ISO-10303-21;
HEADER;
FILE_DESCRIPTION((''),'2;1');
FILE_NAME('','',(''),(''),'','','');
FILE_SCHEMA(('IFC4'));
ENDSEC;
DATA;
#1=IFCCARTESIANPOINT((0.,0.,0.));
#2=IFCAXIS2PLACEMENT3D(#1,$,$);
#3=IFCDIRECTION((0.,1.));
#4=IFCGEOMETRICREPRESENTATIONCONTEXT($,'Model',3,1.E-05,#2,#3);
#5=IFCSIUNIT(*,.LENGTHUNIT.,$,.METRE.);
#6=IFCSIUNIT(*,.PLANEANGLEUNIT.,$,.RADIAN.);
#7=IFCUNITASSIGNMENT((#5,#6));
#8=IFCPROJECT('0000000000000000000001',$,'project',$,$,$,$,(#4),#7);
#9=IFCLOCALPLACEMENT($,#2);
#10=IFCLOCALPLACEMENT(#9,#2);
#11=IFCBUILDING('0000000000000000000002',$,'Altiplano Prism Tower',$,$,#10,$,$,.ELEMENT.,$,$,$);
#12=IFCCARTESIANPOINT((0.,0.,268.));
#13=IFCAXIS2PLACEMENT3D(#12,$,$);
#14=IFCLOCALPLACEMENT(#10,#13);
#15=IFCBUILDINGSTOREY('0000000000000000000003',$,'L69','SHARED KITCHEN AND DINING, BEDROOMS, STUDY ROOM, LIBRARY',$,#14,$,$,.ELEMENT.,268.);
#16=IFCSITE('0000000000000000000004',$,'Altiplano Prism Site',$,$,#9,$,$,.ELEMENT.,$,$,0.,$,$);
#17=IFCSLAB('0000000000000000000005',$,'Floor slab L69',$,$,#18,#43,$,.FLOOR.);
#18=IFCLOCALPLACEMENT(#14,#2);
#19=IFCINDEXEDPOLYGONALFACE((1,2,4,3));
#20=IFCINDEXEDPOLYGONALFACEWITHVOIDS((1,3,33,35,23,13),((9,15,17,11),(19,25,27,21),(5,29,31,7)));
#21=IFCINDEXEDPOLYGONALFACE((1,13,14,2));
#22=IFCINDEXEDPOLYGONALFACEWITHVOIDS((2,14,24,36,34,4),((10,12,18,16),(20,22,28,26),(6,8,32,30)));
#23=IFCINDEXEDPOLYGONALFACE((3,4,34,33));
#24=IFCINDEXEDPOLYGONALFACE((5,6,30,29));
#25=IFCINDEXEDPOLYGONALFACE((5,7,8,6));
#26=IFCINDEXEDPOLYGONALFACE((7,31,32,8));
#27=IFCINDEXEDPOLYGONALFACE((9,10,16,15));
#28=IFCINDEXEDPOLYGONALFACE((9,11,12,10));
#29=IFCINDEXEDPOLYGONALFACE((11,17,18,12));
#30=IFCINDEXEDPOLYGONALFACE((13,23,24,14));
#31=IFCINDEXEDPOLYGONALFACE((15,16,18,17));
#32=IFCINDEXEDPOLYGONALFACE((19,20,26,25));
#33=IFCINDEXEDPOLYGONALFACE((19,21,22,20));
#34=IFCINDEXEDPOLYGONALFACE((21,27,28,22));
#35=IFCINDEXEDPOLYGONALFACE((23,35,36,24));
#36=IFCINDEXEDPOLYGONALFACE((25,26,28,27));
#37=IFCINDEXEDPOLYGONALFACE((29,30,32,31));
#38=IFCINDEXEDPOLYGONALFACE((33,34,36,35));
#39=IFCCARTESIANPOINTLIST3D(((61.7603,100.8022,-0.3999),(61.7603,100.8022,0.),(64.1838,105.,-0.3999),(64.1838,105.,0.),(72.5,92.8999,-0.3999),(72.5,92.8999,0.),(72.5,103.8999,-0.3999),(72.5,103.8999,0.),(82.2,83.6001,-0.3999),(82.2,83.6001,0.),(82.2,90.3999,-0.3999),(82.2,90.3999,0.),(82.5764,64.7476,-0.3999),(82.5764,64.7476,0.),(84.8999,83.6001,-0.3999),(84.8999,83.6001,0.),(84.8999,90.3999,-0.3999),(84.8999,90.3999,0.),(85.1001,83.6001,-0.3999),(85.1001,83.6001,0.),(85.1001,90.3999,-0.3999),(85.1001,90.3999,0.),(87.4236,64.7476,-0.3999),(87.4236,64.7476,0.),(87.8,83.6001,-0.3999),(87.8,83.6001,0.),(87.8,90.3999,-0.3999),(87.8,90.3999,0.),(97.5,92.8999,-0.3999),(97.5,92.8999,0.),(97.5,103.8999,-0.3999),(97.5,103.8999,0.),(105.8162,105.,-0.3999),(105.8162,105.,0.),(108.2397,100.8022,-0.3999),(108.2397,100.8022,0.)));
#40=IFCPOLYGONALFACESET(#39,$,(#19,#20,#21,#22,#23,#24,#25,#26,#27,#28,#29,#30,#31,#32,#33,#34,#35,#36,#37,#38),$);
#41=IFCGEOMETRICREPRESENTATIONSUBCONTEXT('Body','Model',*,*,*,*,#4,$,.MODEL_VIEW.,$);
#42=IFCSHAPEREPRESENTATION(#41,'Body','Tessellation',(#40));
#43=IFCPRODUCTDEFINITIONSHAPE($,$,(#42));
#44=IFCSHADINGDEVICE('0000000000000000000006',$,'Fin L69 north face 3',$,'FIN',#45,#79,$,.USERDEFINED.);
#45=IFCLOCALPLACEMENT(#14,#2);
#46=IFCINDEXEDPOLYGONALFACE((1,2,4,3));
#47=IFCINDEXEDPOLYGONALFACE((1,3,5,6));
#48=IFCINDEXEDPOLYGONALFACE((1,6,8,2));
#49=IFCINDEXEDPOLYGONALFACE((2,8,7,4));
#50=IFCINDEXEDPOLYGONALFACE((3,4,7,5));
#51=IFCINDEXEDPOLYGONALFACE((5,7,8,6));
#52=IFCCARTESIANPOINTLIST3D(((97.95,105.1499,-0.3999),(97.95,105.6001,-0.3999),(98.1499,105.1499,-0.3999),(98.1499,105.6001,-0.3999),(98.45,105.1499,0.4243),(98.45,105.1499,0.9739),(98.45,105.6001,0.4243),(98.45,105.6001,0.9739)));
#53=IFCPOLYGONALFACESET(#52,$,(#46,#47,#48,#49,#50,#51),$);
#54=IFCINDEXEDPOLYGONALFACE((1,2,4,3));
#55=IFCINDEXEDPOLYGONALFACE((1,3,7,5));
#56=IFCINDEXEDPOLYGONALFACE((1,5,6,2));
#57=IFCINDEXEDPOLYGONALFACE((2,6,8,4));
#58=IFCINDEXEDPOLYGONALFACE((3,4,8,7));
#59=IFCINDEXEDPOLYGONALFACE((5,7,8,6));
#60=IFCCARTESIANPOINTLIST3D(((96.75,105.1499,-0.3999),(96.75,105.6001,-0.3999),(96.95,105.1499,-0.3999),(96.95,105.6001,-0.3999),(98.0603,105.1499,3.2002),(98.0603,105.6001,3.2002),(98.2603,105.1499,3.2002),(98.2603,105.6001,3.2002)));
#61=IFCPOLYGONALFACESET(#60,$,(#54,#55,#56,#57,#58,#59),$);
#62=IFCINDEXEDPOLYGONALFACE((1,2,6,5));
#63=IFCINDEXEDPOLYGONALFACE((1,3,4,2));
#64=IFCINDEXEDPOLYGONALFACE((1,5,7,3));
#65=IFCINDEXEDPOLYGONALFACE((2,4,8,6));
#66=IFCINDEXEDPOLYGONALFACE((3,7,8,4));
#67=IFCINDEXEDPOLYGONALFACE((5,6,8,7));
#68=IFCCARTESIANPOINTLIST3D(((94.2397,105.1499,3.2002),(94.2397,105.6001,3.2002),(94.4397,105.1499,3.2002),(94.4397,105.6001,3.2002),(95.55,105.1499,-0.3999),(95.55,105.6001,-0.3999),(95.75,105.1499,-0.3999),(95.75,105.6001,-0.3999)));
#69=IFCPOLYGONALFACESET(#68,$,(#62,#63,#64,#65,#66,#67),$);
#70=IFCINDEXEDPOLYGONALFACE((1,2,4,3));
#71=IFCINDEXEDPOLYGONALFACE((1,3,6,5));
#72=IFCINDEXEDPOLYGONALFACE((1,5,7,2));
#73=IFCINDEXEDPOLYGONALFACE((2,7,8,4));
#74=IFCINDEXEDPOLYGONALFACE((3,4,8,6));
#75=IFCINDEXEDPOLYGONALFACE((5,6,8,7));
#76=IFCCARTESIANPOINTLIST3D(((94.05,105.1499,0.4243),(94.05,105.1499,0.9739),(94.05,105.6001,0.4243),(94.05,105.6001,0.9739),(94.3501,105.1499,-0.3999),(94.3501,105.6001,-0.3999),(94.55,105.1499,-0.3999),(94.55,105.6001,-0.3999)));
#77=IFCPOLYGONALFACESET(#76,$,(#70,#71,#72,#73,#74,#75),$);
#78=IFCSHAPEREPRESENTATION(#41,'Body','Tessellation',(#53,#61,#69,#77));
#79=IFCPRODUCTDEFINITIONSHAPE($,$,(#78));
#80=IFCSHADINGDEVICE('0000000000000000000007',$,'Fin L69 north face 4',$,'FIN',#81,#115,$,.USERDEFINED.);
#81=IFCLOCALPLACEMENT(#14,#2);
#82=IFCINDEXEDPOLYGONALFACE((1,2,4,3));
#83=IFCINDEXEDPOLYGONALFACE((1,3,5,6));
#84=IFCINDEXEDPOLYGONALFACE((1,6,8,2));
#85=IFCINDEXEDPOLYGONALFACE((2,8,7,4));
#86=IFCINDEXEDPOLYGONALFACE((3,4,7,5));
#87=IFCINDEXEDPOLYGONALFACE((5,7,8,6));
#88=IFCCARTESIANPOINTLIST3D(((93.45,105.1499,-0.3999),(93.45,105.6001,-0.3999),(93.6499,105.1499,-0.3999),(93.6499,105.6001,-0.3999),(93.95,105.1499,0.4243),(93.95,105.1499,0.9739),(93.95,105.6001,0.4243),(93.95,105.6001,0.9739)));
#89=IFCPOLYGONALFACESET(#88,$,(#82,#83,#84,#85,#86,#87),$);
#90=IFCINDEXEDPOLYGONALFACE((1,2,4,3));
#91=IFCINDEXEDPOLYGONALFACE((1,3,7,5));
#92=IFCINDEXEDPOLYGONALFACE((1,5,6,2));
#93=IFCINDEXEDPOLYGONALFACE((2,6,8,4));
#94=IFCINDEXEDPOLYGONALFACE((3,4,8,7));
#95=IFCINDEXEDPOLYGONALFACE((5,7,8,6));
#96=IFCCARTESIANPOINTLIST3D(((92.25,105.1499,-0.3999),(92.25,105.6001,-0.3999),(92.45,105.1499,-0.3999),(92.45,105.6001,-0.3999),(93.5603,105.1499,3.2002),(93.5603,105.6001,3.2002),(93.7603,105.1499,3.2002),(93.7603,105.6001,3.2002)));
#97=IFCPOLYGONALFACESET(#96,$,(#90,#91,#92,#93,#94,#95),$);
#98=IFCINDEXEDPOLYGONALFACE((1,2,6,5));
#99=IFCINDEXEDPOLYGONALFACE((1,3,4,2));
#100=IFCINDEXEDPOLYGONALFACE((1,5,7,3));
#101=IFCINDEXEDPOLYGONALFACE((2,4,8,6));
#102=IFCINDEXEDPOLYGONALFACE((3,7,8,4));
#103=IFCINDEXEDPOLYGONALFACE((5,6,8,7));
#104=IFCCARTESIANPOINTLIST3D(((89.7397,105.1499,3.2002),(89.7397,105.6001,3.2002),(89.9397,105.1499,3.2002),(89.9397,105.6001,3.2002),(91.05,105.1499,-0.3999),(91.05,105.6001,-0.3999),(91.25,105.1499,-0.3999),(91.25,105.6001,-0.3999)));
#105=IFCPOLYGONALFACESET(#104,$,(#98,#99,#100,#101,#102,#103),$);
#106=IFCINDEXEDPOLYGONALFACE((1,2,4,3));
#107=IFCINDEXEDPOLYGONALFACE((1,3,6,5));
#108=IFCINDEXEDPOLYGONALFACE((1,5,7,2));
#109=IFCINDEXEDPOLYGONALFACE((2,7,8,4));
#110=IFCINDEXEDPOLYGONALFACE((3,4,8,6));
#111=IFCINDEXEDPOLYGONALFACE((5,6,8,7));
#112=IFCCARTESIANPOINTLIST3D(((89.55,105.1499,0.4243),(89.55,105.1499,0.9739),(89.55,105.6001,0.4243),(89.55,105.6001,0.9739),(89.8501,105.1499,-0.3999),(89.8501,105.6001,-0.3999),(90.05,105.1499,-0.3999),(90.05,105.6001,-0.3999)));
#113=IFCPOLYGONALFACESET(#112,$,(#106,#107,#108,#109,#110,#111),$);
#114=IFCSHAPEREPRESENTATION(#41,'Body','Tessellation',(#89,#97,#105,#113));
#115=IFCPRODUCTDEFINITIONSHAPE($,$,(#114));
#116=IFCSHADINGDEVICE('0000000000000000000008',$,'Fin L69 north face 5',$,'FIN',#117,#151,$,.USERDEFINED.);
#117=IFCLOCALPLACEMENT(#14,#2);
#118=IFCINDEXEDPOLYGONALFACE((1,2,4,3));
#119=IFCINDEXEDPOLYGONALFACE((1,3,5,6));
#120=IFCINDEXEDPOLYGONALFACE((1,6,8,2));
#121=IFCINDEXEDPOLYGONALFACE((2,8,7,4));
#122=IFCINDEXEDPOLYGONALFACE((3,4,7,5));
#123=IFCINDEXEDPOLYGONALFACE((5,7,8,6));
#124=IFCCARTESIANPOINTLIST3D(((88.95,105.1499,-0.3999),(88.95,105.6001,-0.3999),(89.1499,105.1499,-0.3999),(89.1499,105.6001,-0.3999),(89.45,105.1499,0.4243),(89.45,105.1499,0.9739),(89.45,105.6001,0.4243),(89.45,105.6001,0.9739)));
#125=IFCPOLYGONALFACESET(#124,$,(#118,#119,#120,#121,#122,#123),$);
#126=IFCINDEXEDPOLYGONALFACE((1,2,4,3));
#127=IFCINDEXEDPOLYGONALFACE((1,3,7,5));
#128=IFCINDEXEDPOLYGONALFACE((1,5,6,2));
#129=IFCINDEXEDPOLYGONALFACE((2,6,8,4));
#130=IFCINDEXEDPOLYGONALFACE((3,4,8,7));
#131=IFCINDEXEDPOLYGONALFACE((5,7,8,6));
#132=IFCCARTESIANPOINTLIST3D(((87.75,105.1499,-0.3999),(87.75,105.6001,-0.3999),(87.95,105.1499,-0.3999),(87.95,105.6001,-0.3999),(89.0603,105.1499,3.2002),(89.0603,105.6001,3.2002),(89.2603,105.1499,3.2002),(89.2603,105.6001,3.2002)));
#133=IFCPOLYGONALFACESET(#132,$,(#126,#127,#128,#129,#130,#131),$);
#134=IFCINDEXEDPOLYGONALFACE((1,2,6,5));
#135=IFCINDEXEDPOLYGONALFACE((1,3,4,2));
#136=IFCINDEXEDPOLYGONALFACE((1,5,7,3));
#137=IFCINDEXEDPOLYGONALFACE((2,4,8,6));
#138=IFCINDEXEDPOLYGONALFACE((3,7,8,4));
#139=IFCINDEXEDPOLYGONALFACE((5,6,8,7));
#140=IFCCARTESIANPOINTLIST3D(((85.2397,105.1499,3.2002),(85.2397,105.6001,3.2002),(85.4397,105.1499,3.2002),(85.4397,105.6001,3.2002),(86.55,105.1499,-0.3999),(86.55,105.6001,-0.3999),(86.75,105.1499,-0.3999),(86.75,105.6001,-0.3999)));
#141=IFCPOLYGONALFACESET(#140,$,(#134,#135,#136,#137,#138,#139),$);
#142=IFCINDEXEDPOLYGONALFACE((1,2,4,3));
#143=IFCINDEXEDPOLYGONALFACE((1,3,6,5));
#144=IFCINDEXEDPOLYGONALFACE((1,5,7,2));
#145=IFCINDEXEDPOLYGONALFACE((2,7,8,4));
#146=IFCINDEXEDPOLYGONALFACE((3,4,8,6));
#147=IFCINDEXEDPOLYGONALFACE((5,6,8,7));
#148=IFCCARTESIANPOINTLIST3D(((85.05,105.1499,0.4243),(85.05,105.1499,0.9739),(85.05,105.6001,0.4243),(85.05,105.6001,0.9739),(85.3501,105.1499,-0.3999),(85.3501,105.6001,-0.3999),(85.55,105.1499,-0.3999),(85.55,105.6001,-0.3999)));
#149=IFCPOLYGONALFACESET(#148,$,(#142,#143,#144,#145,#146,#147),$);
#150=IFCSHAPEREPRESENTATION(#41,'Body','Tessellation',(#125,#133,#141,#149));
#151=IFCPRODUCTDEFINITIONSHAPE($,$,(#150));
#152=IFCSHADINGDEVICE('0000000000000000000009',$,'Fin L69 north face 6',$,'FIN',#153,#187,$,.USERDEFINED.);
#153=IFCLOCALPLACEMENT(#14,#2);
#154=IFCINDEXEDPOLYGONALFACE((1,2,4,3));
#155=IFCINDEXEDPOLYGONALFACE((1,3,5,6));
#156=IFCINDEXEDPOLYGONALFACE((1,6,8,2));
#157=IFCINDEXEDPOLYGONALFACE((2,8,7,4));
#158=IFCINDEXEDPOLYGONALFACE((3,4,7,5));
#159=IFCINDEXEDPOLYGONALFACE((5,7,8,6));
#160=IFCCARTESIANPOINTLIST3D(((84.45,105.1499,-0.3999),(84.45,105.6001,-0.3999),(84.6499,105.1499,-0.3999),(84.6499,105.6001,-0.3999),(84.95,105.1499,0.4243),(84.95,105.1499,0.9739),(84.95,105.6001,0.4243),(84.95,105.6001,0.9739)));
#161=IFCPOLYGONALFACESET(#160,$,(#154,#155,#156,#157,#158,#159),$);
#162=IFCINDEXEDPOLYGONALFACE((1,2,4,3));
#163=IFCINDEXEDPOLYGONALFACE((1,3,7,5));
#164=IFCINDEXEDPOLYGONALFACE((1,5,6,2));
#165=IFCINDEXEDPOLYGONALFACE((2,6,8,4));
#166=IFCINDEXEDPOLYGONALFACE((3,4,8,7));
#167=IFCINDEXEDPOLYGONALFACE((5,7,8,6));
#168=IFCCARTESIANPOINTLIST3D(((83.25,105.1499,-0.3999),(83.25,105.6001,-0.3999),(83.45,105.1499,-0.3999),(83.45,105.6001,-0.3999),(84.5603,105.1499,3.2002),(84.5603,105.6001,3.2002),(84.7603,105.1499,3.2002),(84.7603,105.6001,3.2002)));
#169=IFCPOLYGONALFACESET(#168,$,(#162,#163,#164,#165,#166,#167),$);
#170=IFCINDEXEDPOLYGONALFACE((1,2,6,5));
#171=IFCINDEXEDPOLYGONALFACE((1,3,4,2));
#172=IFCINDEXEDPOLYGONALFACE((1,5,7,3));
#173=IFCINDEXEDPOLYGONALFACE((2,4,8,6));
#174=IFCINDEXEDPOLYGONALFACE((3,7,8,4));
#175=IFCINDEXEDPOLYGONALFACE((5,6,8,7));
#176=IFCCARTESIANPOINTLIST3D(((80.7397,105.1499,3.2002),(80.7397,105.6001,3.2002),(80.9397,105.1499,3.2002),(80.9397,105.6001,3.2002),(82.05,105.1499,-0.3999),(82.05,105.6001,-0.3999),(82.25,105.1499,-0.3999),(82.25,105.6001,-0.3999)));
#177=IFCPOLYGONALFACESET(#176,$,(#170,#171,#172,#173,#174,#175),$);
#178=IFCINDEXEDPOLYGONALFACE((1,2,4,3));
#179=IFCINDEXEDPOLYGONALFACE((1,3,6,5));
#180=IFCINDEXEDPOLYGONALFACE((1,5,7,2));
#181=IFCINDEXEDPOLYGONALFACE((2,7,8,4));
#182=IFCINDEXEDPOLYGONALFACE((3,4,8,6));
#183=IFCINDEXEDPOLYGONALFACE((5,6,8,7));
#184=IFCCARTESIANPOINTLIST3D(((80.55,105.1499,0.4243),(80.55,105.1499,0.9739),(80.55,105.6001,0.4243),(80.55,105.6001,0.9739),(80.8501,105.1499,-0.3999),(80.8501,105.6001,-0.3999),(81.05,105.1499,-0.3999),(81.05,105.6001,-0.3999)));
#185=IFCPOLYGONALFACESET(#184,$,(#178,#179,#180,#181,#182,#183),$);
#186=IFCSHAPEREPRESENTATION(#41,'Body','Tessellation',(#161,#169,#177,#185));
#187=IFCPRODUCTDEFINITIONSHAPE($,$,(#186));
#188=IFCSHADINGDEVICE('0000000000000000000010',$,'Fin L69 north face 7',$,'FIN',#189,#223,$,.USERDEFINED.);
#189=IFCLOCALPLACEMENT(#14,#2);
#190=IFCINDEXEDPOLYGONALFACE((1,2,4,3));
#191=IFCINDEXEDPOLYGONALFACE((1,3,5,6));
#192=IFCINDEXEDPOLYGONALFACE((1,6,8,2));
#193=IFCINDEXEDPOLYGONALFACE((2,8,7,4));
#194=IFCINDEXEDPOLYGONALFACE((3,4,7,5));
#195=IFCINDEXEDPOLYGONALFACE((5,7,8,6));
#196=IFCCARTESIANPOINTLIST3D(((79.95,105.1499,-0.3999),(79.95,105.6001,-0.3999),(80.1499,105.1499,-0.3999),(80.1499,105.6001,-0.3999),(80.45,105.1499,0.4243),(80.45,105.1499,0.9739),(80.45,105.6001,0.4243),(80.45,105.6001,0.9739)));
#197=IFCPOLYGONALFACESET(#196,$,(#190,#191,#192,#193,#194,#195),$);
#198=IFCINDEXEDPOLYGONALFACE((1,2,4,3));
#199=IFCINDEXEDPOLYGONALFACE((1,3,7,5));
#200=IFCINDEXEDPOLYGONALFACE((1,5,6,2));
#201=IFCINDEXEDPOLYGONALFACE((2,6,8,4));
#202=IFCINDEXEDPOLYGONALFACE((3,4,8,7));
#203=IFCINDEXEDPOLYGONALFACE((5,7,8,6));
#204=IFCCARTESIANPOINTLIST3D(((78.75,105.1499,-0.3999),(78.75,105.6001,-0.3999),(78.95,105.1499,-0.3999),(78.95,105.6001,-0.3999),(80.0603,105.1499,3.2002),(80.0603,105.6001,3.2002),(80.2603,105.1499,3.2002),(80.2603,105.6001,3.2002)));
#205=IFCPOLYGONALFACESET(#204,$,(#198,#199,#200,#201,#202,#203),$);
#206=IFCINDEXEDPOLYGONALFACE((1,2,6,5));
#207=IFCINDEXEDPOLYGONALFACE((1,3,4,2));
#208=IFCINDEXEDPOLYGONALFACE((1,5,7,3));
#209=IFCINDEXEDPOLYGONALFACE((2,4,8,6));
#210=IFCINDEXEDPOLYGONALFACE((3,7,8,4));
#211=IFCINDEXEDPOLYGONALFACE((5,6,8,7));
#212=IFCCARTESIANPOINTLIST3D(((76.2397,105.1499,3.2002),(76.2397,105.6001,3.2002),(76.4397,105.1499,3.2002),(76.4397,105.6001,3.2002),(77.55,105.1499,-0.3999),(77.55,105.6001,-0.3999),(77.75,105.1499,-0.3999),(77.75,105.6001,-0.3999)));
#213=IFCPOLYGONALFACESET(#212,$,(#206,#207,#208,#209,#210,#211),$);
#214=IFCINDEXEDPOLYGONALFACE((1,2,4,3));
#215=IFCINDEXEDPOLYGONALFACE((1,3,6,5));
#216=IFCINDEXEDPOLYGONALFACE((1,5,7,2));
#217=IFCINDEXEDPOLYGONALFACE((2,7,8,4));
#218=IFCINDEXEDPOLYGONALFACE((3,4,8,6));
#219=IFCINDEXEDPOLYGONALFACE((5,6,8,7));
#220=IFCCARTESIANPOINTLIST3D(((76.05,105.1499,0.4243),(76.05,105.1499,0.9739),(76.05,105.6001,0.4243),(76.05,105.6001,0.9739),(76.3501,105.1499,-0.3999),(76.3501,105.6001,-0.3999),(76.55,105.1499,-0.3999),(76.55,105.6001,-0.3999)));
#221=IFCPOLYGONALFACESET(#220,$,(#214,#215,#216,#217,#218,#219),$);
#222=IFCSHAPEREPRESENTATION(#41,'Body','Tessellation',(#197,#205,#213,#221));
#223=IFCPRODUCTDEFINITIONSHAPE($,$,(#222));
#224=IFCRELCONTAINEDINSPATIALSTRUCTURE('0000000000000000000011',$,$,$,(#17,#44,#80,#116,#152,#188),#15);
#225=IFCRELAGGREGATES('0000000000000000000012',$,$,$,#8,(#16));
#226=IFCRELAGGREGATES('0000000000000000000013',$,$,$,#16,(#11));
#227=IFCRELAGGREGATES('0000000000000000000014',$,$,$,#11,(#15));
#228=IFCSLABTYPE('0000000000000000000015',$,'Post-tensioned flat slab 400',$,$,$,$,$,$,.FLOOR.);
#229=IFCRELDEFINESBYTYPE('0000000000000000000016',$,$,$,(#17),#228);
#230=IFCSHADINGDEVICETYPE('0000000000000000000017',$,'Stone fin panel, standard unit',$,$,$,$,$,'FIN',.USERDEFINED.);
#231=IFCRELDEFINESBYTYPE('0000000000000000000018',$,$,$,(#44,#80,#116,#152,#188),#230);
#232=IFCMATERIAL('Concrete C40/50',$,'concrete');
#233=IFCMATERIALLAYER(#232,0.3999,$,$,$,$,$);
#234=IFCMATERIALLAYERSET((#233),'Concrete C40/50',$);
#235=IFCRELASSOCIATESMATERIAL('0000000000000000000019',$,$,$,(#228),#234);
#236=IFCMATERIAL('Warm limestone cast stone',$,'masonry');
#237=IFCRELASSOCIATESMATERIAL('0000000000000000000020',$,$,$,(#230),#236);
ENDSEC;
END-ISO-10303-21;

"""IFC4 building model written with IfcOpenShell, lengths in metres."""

from ifc_helpers import new_model, si_unit, direction, frame, origin, place, context, subcontext, project, spatial, polyline, outline, extrude, source, transform, mapped, material, layer, layer_set, type_object, element, save


model = new_model("IFC4")

# Units and contexts
model_context = context("Model", 3, precision=1e-05, world=origin(), true_north=direction((0.0, 1.0)))
body_context = subcontext(model_context, "Body", "Model", "MODEL_VIEW")
ifc_project = project(units=[si_unit("LENGTHUNIT", "METRE"), si_unit("PLANEANGLEUNIT", "RADIAN")], contexts=[model_context])

# Site, building, storey
site_placement = place(None, origin())
site = spatial("IfcSite", under=ifc_project, at=site_placement, Name="Altiplano Prism Site", CompositionType="ELEMENT", RefElevation=0.0)
building_placement = place(site_placement, origin())
building = spatial("IfcBuilding", under=site, at=building_placement, Name="Altiplano Prism Tower", CompositionType="ELEMENT")
storey_placement = place(building_placement, frame((0.0, 0.0, 268.0)))
storey = spatial("IfcBuildingStorey", under=building, at=storey_placement, Name="L69", Description="SHARED KITCHEN AND DINING, BEDROOMS, STUDY ROOM, LIBRARY", CompositionType="ELEMENT", Elevation=268.0)

# Slab
ifc_material_1 = material(Name="Concrete C40/50", Category="concrete")
ifc_layer = layer(ifc_material_1, 0.3999)
ifc_layer_set = layer_set([ifc_layer], Name="Concrete C40/50")
slab_type = type_object("IfcSlabType", Name="Post-tensioned flat slab 400", PredefinedType="FLOOR", material=ifc_layer_set)
slab_placement = place(storey_placement, frame((0.0, 0.0, -0.3999)))
element("IfcSlab", 1, at=slab_placement, inside=storey, type_object=slab_type, Name="Floor slab L69", PredefinedType="FLOOR", context=body_context, shape_type="SweptSolid", body=[
    extrude(outline(polyline([(82.5764, 64.7476), (61.7603, 100.8022), (64.1838, 105.0), (105.8162, 105.0), (108.2397, 100.8022), (87.4236, 64.7476), (82.5764, 64.7476)]), holes=[polyline([(72.5, 103.8999), (72.5, 92.8999), (97.5, 92.8999), (97.5, 103.8999), (72.5, 103.8999)]), polyline([(84.8999, 90.3999), (82.2, 90.3999), (82.2, 83.6001), (84.8999, 83.6001), (84.8999, 90.3999)]), polyline([(87.8, 83.6001), (87.8, 90.3999), (85.1001, 90.3999), (85.1001, 83.6001), (87.8, 83.6001)])]), origin(), (0.0, 0.0, 1.0), 0.3999),
])

# Shading devices
ifc_material_2 = material(Name="Warm limestone cast stone", Category="masonry")
shading_device_type_1 = type_object("IfcShadingDeviceType", Name="Stone fin panel, standard unit", ElementType="FIN", PredefinedType="USERDEFINED", material=ifc_material_2)
shared_shape_1 = source(origin(), body_context, "Body", "SweptSolid", [
    extrude(outline(polyline([(-2.2, 1.3738), (-2.2, 0.8242), (-1.8999, 0.0), (-1.7, 0.0), (-2.2, 1.3738)])), frame((0.0, -0.1499, 0.0), z_axis=(0.0, -1.0, 0.0), x_axis=(1.0, 0.0, 0.0)), (0.0, 0.0, 1.0), 0.4502),
    extrude(outline(polyline([(-2.0103, 3.6001), (-0.7, 0.0), (-0.5, 0.0), (-1.8103, 3.6001), (-2.0103, 3.6001)])), frame((0.0, -0.1499, 0.0), z_axis=(0.0, -1.0, 0.0), x_axis=(1.0, 0.0, 0.0)), (0.0, 0.0, 1.0), 0.4502),
    extrude(outline(polyline([(1.8103, 3.6001), (0.5, 0.0), (0.7, 0.0), (2.0103, 3.6001), (1.8103, 3.6001)])), frame((0.0, -0.1499, 0.0), z_axis=(0.0, -1.0, 0.0), x_axis=(1.0, 0.0, 0.0)), (0.0, 0.0, 1.0), 0.4502),
    extrude(outline(polyline([(2.2, 0.8242), (2.2, 1.3738), (1.7, 0.0), (1.8999, 0.0), (2.2, 0.8242)])), frame((0.0, -0.1499, 0.0), z_axis=(0.0, -1.0, 0.0), x_axis=(1.0, 0.0, 0.0)), (0.0, 0.0, 1.0), 0.4502),
])
shading_device_1_placement = place(storey_placement, origin())
element("IfcShadingDevice", 2, at=shading_device_1_placement, inside=storey, type_object=shading_device_type_1, Name="Fin L69 north face 3", ObjectType="FIN", PredefinedType="USERDEFINED", context=body_context, shape_type="MappedRepresentation", body=[
    mapped(shared_shape_1, transform((96.25, 105.0, -0.3999), x_axis=(-1.0, 0.0, 0.0), y_axis=(0.0, -1.0, 0.0), z_axis=(0.0, 0.0, 1.0))),
])
shading_device_2_placement = place(storey_placement, origin())
element("IfcShadingDevice", 3, at=shading_device_2_placement, inside=storey, type_object=shading_device_type_1, Name="Fin L69 north face 4", ObjectType="FIN", PredefinedType="USERDEFINED", context=body_context, shape_type="MappedRepresentation", body=[
    mapped(shared_shape_1, transform((91.75, 105.0, -0.3999), x_axis=(-1.0, 0.0, 0.0), y_axis=(0.0, -1.0, 0.0), z_axis=(0.0, 0.0, 1.0))),
])
shading_device_3_placement = place(storey_placement, origin())
element("IfcShadingDevice", 4, at=shading_device_3_placement, inside=storey, type_object=shading_device_type_1, Name="Fin L69 north face 5", ObjectType="FIN", PredefinedType="USERDEFINED", context=body_context, shape_type="MappedRepresentation", body=[
    mapped(shared_shape_1, transform((87.25, 105.0, -0.3999), x_axis=(-1.0, 0.0, 0.0), y_axis=(0.0, -1.0, 0.0), z_axis=(0.0, 0.0, 1.0))),
])
shading_device_4_placement = place(storey_placement, origin())
element("IfcShadingDevice", 5, at=shading_device_4_placement, inside=storey, type_object=shading_device_type_1, Name="Fin L69 north face 6", ObjectType="FIN", PredefinedType="USERDEFINED", context=body_context, shape_type="MappedRepresentation", body=[
    mapped(shared_shape_1, transform((82.75, 105.0, -0.3999), x_axis=(-1.0, 0.0, 0.0), y_axis=(0.0, -1.0, 0.0), z_axis=(0.0, 0.0, 1.0))),
])
shading_device_5_placement = place(storey_placement, origin())
element("IfcShadingDevice", 6, at=shading_device_5_placement, inside=storey, type_object=shading_device_type_1, Name="Fin L69 north face 7", ObjectType="FIN", PredefinedType="USERDEFINED", context=body_context, shape_type="MappedRepresentation", body=[
    mapped(shared_shape_1, transform((78.25, 105.0, -0.3999), x_axis=(-1.0, 0.0, 0.0), y_axis=(0.0, -1.0, 0.0), z_axis=(0.0, 0.0, 1.0))),
])

save(model, "model.ifc")
